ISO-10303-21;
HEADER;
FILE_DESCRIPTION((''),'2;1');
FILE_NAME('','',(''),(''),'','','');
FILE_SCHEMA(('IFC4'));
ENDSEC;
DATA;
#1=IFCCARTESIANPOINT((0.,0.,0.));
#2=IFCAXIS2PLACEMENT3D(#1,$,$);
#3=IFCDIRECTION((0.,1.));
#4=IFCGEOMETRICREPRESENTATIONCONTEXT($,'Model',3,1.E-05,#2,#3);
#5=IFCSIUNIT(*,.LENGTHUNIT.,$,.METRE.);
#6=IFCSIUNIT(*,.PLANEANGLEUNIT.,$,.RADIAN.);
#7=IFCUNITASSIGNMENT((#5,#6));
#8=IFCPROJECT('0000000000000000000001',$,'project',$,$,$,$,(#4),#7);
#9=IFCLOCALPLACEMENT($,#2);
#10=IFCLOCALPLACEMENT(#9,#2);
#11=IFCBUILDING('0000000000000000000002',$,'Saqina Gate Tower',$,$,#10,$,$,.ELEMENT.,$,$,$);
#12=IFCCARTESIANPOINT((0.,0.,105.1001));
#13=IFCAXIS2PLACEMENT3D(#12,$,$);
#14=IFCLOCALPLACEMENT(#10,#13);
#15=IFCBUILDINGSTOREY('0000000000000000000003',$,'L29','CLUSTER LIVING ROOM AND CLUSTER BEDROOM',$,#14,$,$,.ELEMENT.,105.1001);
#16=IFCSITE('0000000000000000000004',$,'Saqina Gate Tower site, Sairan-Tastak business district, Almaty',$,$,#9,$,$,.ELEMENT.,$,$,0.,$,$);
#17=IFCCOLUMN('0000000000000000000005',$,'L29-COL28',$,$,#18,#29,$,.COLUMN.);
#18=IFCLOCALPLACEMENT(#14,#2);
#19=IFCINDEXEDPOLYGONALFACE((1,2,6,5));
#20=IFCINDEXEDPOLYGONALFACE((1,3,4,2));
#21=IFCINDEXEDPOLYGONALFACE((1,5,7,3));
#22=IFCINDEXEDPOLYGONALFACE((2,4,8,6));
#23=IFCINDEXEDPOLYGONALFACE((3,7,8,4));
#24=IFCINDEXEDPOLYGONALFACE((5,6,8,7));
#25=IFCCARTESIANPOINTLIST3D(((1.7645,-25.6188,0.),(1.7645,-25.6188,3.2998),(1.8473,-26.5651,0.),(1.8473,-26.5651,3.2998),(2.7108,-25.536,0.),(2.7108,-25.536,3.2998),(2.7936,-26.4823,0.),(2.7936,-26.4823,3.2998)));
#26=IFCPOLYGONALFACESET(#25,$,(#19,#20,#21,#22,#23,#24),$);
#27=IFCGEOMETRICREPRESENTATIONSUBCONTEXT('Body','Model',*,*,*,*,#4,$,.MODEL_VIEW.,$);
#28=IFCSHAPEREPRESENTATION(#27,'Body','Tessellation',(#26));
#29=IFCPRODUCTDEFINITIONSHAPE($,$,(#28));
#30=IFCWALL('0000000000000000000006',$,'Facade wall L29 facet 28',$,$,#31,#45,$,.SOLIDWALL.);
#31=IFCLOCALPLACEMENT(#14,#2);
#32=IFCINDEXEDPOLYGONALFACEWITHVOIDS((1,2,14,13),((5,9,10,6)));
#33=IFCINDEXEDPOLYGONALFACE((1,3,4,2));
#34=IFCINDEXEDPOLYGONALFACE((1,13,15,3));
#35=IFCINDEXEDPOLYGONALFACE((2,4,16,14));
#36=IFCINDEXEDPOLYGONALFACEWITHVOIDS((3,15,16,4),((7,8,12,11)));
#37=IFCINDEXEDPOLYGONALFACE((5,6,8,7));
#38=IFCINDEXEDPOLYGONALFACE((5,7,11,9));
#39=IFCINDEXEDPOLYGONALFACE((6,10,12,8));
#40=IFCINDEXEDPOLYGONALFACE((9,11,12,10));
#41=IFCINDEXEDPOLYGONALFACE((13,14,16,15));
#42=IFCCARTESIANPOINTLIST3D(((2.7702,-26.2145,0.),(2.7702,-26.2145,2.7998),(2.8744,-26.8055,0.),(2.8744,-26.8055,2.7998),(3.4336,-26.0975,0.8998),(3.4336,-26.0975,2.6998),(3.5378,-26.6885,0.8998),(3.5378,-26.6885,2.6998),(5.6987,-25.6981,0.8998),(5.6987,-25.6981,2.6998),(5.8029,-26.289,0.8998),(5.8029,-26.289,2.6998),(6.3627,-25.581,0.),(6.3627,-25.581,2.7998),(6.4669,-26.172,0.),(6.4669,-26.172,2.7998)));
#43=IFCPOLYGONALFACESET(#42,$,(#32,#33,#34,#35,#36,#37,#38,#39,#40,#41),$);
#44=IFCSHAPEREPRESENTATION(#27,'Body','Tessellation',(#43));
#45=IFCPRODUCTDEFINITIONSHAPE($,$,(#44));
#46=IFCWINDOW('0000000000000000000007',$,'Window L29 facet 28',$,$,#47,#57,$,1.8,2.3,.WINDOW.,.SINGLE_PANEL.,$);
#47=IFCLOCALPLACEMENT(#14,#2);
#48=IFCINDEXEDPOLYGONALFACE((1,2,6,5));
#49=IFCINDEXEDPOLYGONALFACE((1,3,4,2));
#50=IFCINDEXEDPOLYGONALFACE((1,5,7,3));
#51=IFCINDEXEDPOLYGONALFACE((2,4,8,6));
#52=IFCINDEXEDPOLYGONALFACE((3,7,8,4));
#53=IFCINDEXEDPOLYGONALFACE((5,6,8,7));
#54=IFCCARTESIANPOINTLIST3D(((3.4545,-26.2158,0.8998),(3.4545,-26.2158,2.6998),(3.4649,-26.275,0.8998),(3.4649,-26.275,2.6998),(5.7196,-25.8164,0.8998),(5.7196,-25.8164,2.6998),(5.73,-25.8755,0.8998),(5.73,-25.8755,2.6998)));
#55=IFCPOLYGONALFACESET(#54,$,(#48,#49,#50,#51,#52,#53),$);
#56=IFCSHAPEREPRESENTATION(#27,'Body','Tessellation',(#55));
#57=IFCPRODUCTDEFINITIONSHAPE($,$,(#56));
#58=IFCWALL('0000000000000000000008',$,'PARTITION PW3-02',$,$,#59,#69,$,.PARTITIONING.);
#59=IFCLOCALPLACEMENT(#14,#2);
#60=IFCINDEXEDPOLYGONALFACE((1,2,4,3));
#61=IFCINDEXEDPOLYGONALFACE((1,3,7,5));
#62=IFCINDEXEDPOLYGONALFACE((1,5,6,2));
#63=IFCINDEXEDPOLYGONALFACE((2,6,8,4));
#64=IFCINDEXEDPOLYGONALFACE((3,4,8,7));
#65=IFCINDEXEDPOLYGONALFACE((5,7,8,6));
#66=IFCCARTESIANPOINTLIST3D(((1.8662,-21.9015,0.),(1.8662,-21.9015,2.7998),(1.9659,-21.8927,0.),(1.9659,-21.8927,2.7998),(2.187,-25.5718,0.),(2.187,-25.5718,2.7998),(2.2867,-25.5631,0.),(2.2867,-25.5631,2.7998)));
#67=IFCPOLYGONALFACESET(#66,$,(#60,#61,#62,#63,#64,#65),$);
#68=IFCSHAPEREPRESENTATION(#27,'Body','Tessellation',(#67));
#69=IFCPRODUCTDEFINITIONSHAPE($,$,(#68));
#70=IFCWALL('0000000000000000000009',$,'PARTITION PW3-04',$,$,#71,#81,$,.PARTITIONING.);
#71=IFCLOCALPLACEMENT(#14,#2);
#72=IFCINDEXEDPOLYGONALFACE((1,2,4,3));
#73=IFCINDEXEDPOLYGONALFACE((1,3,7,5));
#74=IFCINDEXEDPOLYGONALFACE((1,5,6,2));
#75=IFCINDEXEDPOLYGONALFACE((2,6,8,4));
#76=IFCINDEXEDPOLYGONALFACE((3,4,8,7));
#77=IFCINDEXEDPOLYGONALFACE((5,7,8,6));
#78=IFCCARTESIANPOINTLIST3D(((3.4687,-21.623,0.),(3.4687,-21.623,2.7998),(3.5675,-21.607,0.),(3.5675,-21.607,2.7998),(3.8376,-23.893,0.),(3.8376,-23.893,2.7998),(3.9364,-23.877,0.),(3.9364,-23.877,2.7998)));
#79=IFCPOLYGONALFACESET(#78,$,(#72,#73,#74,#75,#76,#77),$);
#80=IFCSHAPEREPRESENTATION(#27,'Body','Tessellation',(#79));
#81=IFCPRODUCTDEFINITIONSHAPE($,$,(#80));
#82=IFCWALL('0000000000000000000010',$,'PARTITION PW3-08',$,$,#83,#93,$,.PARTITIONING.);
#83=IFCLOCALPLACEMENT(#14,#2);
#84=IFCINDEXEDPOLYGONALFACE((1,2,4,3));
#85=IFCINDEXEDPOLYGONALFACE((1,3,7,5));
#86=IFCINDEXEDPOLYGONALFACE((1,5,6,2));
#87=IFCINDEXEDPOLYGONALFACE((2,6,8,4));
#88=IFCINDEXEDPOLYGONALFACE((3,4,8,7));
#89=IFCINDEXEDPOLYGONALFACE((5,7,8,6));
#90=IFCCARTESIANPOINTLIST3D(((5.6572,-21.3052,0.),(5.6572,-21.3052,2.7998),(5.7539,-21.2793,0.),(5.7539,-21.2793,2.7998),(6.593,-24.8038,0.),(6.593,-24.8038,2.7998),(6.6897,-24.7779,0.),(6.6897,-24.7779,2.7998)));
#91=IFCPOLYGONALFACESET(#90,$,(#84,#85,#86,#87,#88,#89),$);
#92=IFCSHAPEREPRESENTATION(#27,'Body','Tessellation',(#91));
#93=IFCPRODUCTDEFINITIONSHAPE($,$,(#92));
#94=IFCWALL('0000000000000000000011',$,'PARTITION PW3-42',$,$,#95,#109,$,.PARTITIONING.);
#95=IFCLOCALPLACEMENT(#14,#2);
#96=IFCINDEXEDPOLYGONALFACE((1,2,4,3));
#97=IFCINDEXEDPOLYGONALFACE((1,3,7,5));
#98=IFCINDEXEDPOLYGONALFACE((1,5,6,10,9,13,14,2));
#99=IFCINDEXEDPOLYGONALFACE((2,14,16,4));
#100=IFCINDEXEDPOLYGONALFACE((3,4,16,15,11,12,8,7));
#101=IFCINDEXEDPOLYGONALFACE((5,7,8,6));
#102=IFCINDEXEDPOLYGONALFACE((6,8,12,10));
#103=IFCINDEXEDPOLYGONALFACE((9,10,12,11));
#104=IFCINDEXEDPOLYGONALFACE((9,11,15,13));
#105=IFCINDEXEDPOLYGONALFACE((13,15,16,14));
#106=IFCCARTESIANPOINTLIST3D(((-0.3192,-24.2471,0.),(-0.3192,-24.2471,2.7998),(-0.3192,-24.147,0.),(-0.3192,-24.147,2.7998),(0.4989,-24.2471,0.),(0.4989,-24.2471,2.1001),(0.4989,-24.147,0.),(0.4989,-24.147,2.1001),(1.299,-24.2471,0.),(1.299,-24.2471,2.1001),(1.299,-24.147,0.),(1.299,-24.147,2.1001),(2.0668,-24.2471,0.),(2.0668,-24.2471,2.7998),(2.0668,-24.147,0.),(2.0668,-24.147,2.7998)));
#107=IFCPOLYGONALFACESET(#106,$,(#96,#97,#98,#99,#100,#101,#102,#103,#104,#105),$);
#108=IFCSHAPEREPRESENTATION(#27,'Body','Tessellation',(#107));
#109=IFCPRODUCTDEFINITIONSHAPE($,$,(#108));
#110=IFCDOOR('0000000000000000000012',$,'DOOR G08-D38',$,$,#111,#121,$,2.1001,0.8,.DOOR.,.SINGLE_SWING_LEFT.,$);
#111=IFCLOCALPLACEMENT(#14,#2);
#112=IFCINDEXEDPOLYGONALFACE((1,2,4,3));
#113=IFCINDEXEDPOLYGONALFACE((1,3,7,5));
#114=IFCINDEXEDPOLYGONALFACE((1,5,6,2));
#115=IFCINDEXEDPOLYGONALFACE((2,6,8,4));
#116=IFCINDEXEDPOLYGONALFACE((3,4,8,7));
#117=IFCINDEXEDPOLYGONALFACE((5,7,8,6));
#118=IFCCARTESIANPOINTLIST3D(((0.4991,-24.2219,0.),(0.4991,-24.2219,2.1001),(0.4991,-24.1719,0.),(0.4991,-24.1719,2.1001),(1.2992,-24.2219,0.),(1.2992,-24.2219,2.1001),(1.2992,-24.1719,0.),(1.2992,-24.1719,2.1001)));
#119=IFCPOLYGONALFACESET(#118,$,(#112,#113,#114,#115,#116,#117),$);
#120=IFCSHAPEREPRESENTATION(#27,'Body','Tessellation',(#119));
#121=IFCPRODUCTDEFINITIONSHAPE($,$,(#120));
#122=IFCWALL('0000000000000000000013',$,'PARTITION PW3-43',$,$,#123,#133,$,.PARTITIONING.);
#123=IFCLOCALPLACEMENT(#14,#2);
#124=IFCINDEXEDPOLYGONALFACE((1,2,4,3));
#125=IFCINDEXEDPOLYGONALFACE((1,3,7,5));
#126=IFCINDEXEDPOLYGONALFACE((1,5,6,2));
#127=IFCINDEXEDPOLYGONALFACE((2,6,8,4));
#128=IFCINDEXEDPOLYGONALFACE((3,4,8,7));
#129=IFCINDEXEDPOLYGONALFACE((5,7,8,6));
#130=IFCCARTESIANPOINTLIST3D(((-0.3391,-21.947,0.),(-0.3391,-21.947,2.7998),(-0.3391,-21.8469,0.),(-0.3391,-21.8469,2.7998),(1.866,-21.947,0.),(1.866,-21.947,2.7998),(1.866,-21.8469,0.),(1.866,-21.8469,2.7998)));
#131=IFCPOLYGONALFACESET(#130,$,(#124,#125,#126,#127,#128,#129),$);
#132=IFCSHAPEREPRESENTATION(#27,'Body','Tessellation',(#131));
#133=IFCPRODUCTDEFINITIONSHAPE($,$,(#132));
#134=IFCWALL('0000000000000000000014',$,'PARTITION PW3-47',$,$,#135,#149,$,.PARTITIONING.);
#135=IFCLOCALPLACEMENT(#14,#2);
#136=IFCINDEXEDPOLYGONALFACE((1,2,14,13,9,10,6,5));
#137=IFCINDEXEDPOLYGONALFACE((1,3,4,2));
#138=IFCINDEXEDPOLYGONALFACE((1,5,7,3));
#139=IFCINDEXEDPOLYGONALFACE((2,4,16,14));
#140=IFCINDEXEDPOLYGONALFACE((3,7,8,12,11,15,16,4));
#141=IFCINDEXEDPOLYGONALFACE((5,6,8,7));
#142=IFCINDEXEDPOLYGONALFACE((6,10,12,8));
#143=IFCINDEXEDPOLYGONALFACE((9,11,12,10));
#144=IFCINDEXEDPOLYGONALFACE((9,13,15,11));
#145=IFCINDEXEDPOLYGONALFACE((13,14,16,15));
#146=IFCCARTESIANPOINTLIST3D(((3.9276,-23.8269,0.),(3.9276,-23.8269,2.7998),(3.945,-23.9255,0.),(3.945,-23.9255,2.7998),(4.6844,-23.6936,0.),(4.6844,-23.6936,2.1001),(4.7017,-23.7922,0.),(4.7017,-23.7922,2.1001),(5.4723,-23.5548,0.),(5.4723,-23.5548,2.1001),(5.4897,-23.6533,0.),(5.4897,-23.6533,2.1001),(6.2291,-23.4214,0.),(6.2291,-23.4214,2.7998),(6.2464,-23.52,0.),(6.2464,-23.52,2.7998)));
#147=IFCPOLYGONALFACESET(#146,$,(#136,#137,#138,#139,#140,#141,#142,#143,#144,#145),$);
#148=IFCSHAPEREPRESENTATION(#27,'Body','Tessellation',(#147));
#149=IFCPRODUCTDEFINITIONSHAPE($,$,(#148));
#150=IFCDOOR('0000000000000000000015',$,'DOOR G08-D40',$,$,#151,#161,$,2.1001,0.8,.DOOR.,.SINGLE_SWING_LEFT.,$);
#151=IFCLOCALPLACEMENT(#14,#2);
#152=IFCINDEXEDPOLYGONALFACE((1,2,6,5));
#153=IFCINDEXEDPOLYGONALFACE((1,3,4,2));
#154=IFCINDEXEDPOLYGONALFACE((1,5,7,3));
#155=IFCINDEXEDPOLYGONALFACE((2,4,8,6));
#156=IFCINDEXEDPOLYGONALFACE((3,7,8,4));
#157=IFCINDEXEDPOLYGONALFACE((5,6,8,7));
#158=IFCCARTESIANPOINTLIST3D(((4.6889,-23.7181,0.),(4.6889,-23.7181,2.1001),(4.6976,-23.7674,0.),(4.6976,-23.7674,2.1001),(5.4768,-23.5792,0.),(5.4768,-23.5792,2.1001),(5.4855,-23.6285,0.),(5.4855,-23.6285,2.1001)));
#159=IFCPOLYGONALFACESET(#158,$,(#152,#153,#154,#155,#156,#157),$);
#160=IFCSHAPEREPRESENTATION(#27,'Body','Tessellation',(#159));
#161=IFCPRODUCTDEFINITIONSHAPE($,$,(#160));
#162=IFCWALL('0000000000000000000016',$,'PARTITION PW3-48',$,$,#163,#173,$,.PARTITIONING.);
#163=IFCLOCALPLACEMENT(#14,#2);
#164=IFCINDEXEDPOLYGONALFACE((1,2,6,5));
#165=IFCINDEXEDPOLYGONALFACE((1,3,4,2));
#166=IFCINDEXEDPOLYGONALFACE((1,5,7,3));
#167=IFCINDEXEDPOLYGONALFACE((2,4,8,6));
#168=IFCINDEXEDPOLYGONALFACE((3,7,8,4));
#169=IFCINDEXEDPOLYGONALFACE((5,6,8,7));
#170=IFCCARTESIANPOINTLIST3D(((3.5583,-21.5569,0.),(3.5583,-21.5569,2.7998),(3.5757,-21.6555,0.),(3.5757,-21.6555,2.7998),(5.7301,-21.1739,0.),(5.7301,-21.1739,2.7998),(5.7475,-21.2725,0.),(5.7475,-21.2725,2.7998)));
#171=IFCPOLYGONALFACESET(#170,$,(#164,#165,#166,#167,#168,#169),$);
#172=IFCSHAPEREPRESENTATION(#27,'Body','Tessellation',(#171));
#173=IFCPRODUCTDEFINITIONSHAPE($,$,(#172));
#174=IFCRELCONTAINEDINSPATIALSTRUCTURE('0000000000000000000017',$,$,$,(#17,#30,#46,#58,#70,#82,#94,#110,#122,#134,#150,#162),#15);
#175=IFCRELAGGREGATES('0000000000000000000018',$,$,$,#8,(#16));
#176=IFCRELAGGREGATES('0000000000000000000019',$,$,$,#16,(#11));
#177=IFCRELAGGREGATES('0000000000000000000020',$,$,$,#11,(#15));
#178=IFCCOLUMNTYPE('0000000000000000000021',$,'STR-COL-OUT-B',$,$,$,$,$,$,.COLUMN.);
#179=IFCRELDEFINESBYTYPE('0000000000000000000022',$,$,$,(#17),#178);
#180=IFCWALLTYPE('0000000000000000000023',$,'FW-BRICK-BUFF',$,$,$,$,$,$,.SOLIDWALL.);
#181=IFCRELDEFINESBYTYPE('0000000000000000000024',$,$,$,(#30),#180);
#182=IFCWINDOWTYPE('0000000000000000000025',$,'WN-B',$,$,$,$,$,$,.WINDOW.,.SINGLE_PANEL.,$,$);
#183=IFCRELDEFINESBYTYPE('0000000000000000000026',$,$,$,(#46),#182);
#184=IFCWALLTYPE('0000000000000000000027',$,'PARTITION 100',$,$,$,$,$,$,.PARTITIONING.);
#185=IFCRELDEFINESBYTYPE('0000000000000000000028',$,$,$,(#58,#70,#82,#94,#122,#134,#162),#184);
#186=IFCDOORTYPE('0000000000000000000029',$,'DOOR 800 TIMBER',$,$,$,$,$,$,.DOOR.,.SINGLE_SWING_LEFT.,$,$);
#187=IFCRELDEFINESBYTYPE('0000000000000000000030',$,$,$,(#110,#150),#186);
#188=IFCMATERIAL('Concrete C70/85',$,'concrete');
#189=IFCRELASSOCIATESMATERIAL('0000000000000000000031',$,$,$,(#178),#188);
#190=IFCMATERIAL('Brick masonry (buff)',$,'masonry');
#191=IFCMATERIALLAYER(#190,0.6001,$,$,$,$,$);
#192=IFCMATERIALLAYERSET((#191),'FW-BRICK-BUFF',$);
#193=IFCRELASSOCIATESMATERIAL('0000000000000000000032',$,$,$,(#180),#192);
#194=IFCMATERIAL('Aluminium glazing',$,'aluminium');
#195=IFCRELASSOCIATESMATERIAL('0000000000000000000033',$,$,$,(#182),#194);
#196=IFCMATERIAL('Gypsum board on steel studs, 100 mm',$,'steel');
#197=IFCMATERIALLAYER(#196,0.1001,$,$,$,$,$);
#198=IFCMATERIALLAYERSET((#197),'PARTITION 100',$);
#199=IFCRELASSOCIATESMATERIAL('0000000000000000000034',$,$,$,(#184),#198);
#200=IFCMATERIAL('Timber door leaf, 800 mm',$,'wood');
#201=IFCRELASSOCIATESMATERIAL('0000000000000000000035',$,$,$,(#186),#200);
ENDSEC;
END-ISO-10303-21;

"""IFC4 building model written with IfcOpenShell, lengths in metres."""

from ifc_helpers import new_model, si_unit, direction, frame, frame_2d, origin, origin_2d, place, context, subcontext, project, spatial, rectangle, extrude, material, layer, layer_set, material_profile, profile_set, type_object, element, fill, save


model = new_model("IFC4")

# Units and contexts
model_context = context("Model", 3, precision=1e-05, world=origin(), true_north=direction((0.0, 1.0)))
body_context = subcontext(model_context, "Body", "Model", "MODEL_VIEW")
ifc_project = project(units=[si_unit("LENGTHUNIT", "METRE"), si_unit("PLANEANGLEUNIT", "RADIAN")], contexts=[model_context])

# Site, building, storey
site_placement = place(None, origin())
site = spatial("IfcSite", under=ifc_project, at=site_placement, Name="Saqina Gate Tower site, Sairan-Tastak business district, Almaty", CompositionType="ELEMENT", RefElevation=0.0)
building_placement = place(site_placement, origin())
building = spatial("IfcBuilding", under=site, at=building_placement, Name="Saqina Gate Tower", CompositionType="ELEMENT")
storey_placement = place(building_placement, frame((0.0, 0.0, 105.1001)))
storey = spatial("IfcBuildingStorey", under=building, at=storey_placement, Name="L29", Description="CLUSTER LIVING ROOM AND CLUSTER BEDROOM", CompositionType="ELEMENT", Elevation=105.1001)

# Column
ifc_material_1 = material(Name="Concrete C70/85", Category="concrete")
ifc_material_profile = material_profile(ifc_material_1, rectangle(XDim=0.95, YDim=0.95, at=origin_2d()), Name="RC 950x950")
ifc_profile_set = profile_set([ifc_material_profile], Name="Concrete C70/85")
column_type = type_object("IfcColumnType", Name="STR-COL-OUT-B", PredefinedType="COLUMN", material=ifc_profile_set)
column_placement = place(storey_placement, frame((2.2791, -26.0505, 0.0), z_axis=(0.0, 0.0, 1.0), x_axis=(0.087156, -0.996195, 0.0)))
element("IfcColumn", 1, at=column_placement, inside=storey, type_object=column_type, Name="L29-COL28", PredefinedType="COLUMN", context=body_context, shape_type="SweptSolid", body=[
    extrude(rectangle(XDim=0.95, YDim=0.95, at=origin_2d()), origin(), (0.0, 0.0, 1.0), 3.2998),
])

# Wall, opening, window
ifc_material_2 = material(Name="Brick masonry (buff)", Category="masonry")
ifc_layer_1 = layer(ifc_material_2, 0.6001)
ifc_layer_set_1 = layer_set([ifc_layer_1], Name="FW-BRICK-BUFF")
wall_type_1 = type_object("IfcWallType", Name="FW-BRICK-BUFF", PredefinedType="SOLIDWALL", material=ifc_layer_set_1)
wall_1_placement = place(storey_placement, frame((2.8223, -26.51, 0.0), z_axis=(0.0, 0.0, 1.0), x_axis=(0.984804, 0.173671, 0.0)))
wall_1 = element("IfcWall", 2, at=wall_1_placement, inside=storey, type_object=wall_type_1, Name="Facade wall L29 facet 28", PredefinedType="SOLIDWALL", context=body_context, shape_type="SweptSolid", body=[
    extrude(rectangle(XDim=3.6479, YDim=0.6001, at=frame_2d((1.824, 0.0))), origin(), (0.0, 0.0, 1.0), 2.7998),
])
opening_1_placement = place(wall_1_placement, frame((0.6738, 0.0, 0.8999)))
opening_1 = element("IfcOpeningElement", 3, at=opening_1_placement, cuts=wall_1, PredefinedType="OPENING", context=body_context, shape_type="SweptSolid", body=[
    extrude(rectangle(XDim=2.3, YDim=1.8, at=frame_2d((1.1499, 0.8999))), frame((0.0, 0.312, 0.0), z_axis=(0.0, -1.0, 0.0), x_axis=(1.0, 0.0, 0.0)), (0.0, 0.0, 1.0), 0.624),
])
ifc_material_3 = material(Name="Aluminium glazing", Category="aluminium")
window_type = type_object("IfcWindowType", Name="WN-B", PartitioningType="SINGLE_PANEL", PredefinedType="WINDOW", material=ifc_material_3)
window_placement = place(opening_1_placement, origin())
window = element("IfcWindow", 4, at=window_placement, inside=storey, type_object=window_type, Name="Window L29 facet 28", OverallHeight=1.8, OverallWidth=2.3, PartitioningType="SINGLE_PANEL", PredefinedType="WINDOW", context=body_context, shape_type="SweptSolid", body=[
    extrude(rectangle(XDim=2.3, YDim=1.8, at=frame_2d((1.1499, 0.8999))), frame((0.0, 0.1799, 0.0), z_axis=(0.0, -1.0, 0.0), x_axis=(1.0, 0.0, 0.0)), (0.0, 0.0, 1.0), 0.0601),
])
fill(opening_1, window)

# Walls
ifc_material_4 = material(Name="Gypsum board on steel studs, 100 mm", Category="steel")
ifc_layer_2 = layer(ifc_material_4, 0.1001)
ifc_layer_set_2 = layer_set([ifc_layer_2], Name="PARTITION 100")
wall_type_2 = type_object("IfcWallType", Name="PARTITION 100", PredefinedType="PARTITIONING", material=ifc_layer_set_2)
wall_2_placement = place(storey_placement, frame((1.916, -21.897, 0.0), z_axis=(0.0, 0.0, 1.0), x_axis=(0.08707, -0.996202, 0.0)))
element("IfcWall", 5, at=wall_2_placement, inside=storey, type_object=wall_type_2, Name="PARTITION PW3-02", PredefinedType="PARTITIONING", context=body_context, shape_type="SweptSolid", body=[
    extrude(rectangle(XDim=3.6843, YDim=0.1001, at=frame_2d((1.8423, 0.0))), origin(), (0.0, 0.0, 1.0), 2.7998),
])
wall_3_placement = place(storey_placement, frame((3.5181, -21.615, 0.0), z_axis=(0.0, 0.0, 1.0), x_axis=(0.160404, -0.987051, 0.0)))
element("IfcWall", 6, at=wall_3_placement, inside=storey, type_object=wall_type_2, Name="PARTITION PW3-04", PredefinedType="PARTITIONING", context=body_context, shape_type="SweptSolid", body=[
    extrude(rectangle(XDim=2.2998, YDim=0.1001, at=frame_2d((1.1499, 0.0))), origin(), (0.0, 0.0, 1.0), 2.7998),
])
wall_4_placement = place(storey_placement, frame((5.7056, -21.2922, 0.0), z_axis=(0.0, 0.0, 1.0), x_axis=(0.258397, -0.966039, 0.0)))
element("IfcWall", 7, at=wall_4_placement, inside=storey, type_object=wall_type_2, Name="PARTITION PW3-08", PredefinedType="PARTITIONING", context=body_context, shape_type="SweptSolid", body=[
    extrude(rectangle(XDim=3.6216, YDim=0.1001, at=frame_2d((1.8108, 0.0))), origin(), (0.0, 0.0, 1.0), 2.7998),
])

# Wall, opening, door
wall_5_placement = place(storey_placement, frame((-0.3191, -24.197, 0.0), z_axis=(0.0, 0.0, 1.0), x_axis=(1.0, 0.0, 0.0)))
wall_5 = element("IfcWall", 8, at=wall_5_placement, inside=storey, type_object=wall_type_2, Name="PARTITION PW3-42", PredefinedType="PARTITIONING", context=body_context, shape_type="SweptSolid", body=[
    extrude(rectangle(XDim=2.386, YDim=0.1001, at=frame_2d((1.1929, 0.0))), origin(), (0.0, 0.0, 1.0), 2.7998),
])
opening_2_placement = place(wall_5_placement, frame((0.8181, 0.0, 0.0)))
opening_2 = element("IfcOpeningElement", 9, at=opening_2_placement, cuts=wall_5, PredefinedType="OPENING", context=body_context, shape_type="SweptSolid", body=[
    extrude(rectangle(XDim=0.8, YDim=2.1001, at=frame_2d((0.3999, 1.05))), frame((0.0, 0.062, 0.0), z_axis=(0.0, -1.0, 0.0), x_axis=(1.0, 0.0, 0.0)), (0.0, 0.0, 1.0), 0.124),
])
ifc_material_5 = material(Name="Timber door leaf, 800 mm", Category="wood")
door_type_1 = type_object("IfcDoorType", Name="DOOR 800 TIMBER", OperationType="SINGLE_SWING_LEFT", PredefinedType="DOOR", material=ifc_material_5)
door_1_placement = place(opening_2_placement, frame((0.8, 0.0, 0.0), z_axis=(0.0, 0.0, 1.0), x_axis=(-1.0, 0.0, 0.0)))
door_1 = element("IfcDoor", 10, at=door_1_placement, inside=storey, type_object=door_type_1, Name="DOOR G08-D38", OperationType="SINGLE_SWING_LEFT", OverallHeight=2.1001, OverallWidth=0.8, PredefinedType="DOOR", context=body_context, shape_type="SweptSolid", body=[
    extrude(rectangle(XDim=0.8, YDim=2.1001, at=frame_2d((0.3999, 1.05))), frame((0.0, 0.0249, 0.0), z_axis=(0.0, -1.0, 0.0), x_axis=(1.0, 0.0, 0.0)), (0.0, 0.0, 1.0), 0.05),
])
fill(opening_2, door_1)

# Wall
wall_6_placement = place(storey_placement, frame((-0.3391, -21.897, 0.0), z_axis=(0.0, 0.0, 1.0), x_axis=(1.0, 0.0, 0.0)))
element("IfcWall", 11, at=wall_6_placement, inside=storey, type_object=wall_type_2, Name="PARTITION PW3-43", PredefinedType="PARTITIONING", context=body_context, shape_type="SweptSolid", body=[
    extrude(rectangle(XDim=2.2051, YDim=0.1001, at=frame_2d((1.1025, 0.0))), origin(), (0.0, 0.0, 1.0), 2.7998),
])

# Wall, opening, door
wall_7_placement = place(storey_placement, frame((3.9363, -23.8762, 0.0), z_axis=(0.0, 0.0, 1.0), x_axis=(0.98483, 0.173523, 0.0)))
wall_7 = element("IfcWall", 12, at=wall_7_placement, inside=storey, type_object=wall_type_2, Name="PARTITION PW3-47", PredefinedType="PARTITIONING", context=body_context, shape_type="SweptSolid", body=[
    extrude(rectangle(XDim=2.3369, YDim=0.1001, at=frame_2d((1.1685, 0.0))), origin(), (0.0, 0.0, 1.0), 2.7998),
])
opening_3_placement = place(wall_7_placement, frame((0.7686, 0.0, 0.0)))
opening_3 = element("IfcOpeningElement", 13, at=opening_3_placement, cuts=wall_7, PredefinedType="OPENING", context=body_context, shape_type="SweptSolid", body=[
    extrude(rectangle(XDim=0.8, YDim=2.1001, at=frame_2d((0.3999, 1.05))), frame((0.0, 0.062, 0.0), z_axis=(0.0, -1.0, 0.0), x_axis=(1.0, 0.0, 0.0)), (0.0, 0.0, 1.0), 0.124),
])
door_2_placement = place(opening_3_placement, frame((0.8, 0.0, 0.0), z_axis=(0.0, 0.0, 1.0), x_axis=(-1.0, 0.0, 0.0)))
door_2 = element("IfcDoor", 14, at=door_2_placement, inside=storey, type_object=door_type_1, Name="DOOR G08-D40", OperationType="SINGLE_SWING_LEFT", OverallHeight=2.1001, OverallWidth=0.8, PredefinedType="DOOR", context=body_context, shape_type="SweptSolid", body=[
    extrude(rectangle(XDim=0.8, YDim=2.1001, at=frame_2d((0.3999, 1.05))), frame((0.0, 0.0249, 0.0), z_axis=(0.0, -1.0, 0.0), x_axis=(1.0, 0.0, 0.0)), (0.0, 0.0, 1.0), 0.05),
])
fill(opening_3, door_2)

# Wall
wall_8_placement = place(storey_placement, frame((3.5671, -21.6062, 0.0), z_axis=(0.0, 0.0, 1.0), x_axis=(0.9848, 0.173691, 0.0)))
element("IfcWall", 15, at=wall_8_placement, inside=storey, type_object=wall_type_2, Name="PARTITION PW3-48", PredefinedType="PARTITIONING", context=body_context, shape_type="SweptSolid", body=[
    extrude(rectangle(XDim=2.2053, YDim=0.1001, at=frame_2d((1.1025, 0.0))), origin(), (0.0, 0.0, 1.0), 2.7998),
])

save(model, "model.ifc")
